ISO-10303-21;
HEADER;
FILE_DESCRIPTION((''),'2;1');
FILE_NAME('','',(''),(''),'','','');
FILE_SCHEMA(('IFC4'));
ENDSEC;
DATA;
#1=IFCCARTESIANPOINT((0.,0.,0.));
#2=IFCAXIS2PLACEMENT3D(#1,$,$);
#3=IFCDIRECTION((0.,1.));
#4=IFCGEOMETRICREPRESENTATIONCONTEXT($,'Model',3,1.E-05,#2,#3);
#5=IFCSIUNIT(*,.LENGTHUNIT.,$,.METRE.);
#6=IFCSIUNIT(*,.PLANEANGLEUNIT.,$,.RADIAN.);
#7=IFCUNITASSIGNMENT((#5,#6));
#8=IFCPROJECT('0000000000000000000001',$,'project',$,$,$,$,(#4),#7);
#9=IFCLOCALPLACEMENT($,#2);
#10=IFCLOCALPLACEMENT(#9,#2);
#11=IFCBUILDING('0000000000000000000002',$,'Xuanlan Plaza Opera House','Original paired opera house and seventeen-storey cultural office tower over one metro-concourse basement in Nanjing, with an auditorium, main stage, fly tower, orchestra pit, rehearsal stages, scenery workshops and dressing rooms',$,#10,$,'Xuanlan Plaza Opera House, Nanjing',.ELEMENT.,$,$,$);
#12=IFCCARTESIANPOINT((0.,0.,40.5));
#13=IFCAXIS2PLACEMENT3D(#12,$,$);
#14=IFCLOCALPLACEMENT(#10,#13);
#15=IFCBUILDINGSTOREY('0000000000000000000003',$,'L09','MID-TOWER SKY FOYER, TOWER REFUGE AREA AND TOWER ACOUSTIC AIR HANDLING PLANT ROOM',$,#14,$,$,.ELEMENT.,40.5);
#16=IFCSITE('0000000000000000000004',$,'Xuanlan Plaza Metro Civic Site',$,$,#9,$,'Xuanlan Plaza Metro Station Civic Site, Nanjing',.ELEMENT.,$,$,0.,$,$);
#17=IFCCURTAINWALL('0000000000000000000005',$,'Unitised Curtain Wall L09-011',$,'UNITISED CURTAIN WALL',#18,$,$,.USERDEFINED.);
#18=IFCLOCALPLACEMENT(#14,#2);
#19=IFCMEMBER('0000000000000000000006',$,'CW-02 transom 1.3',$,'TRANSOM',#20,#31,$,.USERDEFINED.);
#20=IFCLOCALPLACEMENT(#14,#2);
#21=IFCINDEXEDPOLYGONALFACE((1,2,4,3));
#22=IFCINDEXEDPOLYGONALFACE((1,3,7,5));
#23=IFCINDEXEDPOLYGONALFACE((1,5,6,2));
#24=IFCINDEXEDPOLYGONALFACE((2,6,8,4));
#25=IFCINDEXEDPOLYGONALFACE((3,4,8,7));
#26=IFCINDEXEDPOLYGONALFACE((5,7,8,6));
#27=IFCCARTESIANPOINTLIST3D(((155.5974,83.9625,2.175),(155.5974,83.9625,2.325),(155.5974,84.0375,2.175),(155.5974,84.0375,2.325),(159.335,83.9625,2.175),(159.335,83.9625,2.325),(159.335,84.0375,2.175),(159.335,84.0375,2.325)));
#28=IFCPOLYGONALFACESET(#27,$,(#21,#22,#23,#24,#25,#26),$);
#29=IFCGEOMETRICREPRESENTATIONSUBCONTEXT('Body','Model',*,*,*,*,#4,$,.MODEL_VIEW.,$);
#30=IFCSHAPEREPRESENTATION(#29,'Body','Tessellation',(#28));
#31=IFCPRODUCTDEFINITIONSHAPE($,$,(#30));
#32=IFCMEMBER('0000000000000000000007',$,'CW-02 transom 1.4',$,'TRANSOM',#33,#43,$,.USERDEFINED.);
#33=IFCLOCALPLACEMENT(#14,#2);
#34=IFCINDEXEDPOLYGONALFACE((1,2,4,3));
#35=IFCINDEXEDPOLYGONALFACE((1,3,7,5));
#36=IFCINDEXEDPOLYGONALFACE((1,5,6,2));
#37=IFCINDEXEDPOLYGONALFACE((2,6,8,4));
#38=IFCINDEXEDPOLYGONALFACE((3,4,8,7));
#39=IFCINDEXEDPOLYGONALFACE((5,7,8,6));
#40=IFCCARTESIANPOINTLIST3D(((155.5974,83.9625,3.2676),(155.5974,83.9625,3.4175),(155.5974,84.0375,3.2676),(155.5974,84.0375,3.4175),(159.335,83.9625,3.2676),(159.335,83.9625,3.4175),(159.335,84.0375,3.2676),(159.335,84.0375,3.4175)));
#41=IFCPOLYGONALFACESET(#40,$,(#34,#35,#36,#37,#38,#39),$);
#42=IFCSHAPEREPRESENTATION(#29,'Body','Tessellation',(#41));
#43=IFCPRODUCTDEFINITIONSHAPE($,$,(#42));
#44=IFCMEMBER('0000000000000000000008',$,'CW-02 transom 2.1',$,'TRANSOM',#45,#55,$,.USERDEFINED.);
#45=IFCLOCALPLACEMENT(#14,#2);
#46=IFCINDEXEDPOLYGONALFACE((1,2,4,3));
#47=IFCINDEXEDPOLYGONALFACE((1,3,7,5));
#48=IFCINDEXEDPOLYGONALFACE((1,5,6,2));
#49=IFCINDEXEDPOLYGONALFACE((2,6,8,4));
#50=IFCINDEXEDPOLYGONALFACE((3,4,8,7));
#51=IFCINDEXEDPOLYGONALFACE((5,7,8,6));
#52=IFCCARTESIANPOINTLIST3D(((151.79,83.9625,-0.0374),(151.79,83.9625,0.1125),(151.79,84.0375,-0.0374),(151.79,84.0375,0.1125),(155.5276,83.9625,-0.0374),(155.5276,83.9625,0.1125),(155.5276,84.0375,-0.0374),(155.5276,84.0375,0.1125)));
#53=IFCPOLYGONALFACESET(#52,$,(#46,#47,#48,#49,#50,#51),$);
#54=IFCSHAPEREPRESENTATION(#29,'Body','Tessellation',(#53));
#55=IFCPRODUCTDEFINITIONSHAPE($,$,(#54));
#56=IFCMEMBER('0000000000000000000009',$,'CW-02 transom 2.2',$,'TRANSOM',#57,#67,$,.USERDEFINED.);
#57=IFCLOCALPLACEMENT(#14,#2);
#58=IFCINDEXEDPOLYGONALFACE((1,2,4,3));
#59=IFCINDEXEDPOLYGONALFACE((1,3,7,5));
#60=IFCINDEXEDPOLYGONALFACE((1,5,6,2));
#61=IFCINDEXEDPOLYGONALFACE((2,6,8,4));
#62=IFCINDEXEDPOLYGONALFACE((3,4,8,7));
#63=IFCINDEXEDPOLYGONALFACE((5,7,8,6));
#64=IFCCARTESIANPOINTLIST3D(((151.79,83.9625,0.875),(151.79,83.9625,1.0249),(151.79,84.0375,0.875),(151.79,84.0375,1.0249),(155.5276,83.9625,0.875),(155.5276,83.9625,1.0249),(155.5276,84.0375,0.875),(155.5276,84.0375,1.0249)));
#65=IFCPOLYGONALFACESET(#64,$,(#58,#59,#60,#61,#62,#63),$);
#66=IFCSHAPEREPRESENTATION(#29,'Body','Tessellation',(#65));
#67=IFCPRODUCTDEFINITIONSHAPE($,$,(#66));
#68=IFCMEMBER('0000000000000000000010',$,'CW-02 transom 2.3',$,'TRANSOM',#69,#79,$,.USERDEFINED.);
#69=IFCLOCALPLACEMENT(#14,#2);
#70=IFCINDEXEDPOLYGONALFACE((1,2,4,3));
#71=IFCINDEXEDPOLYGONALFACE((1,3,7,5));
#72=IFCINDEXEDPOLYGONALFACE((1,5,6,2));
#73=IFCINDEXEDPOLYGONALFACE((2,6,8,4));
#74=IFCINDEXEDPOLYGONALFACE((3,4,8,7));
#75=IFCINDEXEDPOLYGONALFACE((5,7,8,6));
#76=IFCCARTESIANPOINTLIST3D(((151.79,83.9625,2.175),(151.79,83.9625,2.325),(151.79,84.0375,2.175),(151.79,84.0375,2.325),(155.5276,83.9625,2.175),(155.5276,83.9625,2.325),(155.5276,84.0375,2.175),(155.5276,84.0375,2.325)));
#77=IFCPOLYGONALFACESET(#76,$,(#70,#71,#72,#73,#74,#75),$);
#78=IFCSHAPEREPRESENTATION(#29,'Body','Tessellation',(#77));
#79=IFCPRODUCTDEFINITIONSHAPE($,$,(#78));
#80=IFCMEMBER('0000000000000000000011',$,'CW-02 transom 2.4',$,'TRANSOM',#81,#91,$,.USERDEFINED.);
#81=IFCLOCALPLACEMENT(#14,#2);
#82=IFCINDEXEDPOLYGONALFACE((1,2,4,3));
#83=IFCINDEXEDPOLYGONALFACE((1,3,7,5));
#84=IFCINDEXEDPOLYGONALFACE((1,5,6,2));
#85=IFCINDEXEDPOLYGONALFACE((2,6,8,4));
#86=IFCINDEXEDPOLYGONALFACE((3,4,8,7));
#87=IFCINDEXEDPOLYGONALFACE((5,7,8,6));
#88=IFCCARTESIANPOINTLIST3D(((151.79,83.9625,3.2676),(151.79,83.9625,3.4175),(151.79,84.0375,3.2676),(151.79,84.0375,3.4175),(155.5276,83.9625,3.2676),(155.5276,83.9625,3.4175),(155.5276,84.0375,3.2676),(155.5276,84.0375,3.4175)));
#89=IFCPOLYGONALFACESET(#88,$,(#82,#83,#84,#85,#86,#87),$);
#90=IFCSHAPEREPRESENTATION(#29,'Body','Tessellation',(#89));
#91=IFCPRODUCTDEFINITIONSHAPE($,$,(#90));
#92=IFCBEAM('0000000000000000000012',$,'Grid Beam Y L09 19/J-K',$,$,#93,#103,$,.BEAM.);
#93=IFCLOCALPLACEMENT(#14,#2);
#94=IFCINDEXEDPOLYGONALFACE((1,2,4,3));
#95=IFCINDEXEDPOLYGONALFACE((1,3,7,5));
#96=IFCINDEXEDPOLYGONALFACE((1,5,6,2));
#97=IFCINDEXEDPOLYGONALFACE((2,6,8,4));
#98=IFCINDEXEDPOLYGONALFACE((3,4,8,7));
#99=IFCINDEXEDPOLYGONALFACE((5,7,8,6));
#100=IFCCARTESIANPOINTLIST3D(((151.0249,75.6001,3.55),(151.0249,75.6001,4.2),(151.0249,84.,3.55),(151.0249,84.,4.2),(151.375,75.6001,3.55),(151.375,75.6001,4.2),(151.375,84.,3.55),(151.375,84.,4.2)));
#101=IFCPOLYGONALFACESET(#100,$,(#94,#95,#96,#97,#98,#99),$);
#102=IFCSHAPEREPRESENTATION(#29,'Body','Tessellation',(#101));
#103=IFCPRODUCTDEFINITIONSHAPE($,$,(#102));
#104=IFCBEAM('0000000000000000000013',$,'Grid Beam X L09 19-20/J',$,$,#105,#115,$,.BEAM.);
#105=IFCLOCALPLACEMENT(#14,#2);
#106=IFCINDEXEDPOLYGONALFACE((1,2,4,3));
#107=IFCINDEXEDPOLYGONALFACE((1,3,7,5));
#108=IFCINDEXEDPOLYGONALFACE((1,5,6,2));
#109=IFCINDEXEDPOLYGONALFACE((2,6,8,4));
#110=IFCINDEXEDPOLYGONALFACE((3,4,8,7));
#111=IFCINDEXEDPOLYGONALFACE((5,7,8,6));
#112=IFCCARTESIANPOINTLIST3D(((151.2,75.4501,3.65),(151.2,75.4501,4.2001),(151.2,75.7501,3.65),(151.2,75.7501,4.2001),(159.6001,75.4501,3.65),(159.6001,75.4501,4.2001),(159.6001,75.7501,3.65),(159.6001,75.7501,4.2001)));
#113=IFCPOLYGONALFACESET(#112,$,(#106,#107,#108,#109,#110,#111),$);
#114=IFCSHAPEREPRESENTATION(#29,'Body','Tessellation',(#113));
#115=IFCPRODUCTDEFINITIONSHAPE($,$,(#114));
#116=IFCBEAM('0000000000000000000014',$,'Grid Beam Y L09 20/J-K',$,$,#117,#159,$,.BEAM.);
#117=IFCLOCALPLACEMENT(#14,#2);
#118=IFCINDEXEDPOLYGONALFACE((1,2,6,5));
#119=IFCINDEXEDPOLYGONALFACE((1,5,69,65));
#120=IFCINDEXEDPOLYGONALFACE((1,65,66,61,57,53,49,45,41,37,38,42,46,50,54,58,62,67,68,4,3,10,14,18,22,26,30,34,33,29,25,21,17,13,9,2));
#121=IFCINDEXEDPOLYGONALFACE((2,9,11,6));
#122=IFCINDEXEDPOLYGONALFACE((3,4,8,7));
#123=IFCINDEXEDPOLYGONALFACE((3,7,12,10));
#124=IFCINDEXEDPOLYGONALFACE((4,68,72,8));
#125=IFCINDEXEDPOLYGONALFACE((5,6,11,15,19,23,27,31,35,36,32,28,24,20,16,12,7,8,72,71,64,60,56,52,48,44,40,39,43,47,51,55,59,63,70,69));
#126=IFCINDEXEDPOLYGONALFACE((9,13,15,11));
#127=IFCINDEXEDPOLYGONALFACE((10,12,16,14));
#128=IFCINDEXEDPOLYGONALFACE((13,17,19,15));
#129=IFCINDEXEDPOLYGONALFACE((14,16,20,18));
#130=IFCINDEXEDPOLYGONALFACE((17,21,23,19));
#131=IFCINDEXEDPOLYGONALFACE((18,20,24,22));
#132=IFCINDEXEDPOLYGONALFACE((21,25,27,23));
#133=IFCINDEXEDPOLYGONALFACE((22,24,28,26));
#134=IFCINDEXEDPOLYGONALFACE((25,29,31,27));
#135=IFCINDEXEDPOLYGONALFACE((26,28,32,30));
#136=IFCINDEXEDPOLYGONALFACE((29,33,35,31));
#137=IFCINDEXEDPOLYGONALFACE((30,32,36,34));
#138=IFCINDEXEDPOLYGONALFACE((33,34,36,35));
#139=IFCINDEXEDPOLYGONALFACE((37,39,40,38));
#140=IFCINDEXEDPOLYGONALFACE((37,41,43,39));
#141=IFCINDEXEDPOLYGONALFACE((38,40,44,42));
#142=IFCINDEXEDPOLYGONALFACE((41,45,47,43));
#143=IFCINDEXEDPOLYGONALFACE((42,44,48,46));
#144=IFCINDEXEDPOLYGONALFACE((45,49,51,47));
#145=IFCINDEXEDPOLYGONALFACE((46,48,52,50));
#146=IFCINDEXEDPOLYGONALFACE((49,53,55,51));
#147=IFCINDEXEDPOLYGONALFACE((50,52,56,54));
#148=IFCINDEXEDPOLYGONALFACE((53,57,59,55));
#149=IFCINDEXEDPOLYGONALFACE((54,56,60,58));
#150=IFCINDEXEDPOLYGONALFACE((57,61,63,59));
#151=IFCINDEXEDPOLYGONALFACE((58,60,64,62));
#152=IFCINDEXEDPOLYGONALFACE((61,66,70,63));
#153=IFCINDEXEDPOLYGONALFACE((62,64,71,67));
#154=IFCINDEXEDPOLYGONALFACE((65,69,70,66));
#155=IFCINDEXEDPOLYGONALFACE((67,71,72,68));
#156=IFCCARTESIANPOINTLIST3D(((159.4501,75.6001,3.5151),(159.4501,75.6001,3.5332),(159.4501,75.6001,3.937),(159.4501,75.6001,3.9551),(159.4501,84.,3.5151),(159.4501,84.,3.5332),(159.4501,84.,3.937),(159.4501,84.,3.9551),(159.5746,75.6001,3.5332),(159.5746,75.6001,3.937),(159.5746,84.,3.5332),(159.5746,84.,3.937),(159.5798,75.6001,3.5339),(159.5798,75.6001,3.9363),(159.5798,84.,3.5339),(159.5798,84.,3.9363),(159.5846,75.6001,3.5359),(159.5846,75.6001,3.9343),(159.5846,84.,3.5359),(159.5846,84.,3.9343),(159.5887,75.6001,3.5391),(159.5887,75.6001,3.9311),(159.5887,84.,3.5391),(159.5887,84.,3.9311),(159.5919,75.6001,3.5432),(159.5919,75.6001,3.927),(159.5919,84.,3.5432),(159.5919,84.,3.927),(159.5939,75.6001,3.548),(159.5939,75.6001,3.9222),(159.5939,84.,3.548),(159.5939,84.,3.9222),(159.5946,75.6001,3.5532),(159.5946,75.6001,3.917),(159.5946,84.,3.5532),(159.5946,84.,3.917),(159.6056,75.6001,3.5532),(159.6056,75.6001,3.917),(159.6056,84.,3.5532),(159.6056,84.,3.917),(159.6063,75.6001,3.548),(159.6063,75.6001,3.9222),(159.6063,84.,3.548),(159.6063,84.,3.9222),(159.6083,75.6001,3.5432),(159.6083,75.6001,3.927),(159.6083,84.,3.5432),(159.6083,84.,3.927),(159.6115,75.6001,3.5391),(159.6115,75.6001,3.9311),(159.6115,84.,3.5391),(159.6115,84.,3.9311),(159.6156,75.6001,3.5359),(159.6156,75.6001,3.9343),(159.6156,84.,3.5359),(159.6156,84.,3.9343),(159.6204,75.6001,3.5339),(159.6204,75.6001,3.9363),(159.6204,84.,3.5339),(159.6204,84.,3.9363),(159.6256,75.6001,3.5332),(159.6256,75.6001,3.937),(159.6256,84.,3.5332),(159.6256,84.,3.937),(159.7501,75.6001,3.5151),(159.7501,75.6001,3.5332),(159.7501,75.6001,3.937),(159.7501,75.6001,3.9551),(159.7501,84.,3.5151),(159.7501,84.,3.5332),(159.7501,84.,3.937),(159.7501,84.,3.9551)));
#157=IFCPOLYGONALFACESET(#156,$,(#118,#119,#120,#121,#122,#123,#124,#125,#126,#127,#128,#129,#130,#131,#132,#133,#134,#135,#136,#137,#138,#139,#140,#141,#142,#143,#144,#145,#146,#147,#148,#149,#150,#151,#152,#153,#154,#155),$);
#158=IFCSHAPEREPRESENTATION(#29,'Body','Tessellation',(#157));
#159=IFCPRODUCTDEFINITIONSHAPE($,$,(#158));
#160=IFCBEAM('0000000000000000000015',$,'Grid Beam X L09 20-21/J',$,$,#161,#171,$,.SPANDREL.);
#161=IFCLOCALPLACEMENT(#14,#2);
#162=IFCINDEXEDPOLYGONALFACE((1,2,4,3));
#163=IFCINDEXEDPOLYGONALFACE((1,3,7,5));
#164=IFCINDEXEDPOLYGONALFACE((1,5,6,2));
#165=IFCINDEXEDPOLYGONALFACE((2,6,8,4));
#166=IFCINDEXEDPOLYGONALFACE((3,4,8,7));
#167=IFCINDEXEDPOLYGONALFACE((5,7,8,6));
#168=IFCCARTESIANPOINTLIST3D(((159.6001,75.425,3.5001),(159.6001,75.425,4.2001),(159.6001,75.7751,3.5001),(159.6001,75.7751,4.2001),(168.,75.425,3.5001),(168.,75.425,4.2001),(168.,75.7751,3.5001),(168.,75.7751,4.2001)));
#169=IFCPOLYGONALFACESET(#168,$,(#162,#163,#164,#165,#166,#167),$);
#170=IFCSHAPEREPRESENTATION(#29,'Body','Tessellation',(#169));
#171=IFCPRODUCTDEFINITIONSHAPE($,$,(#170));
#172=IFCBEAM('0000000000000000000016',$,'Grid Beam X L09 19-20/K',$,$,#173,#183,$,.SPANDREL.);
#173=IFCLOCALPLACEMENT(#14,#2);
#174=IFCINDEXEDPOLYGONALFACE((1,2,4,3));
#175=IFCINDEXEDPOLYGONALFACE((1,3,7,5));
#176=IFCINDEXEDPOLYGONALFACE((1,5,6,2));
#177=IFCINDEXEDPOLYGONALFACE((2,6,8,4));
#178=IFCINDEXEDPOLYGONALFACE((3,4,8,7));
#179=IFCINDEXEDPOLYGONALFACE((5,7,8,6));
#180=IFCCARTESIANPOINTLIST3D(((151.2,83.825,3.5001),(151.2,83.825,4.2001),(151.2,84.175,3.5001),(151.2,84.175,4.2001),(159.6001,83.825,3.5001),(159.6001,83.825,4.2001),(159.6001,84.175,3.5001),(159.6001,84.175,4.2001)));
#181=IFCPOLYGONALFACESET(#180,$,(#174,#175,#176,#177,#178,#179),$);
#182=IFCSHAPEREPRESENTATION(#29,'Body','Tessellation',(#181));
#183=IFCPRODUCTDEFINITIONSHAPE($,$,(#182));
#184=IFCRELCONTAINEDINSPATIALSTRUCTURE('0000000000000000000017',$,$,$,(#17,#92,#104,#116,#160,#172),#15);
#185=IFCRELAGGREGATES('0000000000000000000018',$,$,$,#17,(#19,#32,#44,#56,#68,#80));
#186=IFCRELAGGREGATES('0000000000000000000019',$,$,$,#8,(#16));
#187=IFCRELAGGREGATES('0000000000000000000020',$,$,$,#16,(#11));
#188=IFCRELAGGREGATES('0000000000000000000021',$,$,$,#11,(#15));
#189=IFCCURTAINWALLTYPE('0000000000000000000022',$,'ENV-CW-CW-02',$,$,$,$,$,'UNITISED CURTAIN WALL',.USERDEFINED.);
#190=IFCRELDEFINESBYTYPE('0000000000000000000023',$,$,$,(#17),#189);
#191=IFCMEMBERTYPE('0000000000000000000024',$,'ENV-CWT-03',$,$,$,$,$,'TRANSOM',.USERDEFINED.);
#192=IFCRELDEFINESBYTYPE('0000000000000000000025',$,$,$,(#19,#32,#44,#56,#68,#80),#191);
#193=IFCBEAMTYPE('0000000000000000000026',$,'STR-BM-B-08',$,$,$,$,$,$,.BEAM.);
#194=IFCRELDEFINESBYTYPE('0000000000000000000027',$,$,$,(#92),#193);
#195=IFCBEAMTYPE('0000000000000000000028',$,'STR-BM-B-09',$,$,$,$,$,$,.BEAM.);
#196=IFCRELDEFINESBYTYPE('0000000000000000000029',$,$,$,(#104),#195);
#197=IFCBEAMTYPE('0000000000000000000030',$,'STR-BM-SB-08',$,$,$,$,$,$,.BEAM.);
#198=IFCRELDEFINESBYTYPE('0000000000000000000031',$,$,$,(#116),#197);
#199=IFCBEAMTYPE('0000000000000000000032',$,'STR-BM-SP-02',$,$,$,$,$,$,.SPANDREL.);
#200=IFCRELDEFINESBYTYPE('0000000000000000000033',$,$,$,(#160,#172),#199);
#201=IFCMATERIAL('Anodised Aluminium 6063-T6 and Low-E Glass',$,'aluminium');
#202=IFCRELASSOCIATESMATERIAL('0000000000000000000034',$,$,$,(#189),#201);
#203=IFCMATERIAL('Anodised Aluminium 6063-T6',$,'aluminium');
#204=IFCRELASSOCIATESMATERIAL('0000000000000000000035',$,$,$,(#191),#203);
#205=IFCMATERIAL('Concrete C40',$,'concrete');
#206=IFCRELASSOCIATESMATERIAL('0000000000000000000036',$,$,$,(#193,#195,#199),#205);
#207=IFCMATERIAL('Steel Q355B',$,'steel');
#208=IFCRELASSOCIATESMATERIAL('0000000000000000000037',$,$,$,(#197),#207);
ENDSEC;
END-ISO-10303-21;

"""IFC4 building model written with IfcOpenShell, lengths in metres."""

from ifc_helpers import new_model, si_unit, direction, frame, origin, origin_2d, place, context, subcontext, project, spatial, rectangle, i_section, extrude, material, material_profile, profile_set, type_object, element, aggregate, save


model = new_model("IFC4")

# Units and contexts
model_context = context("Model", 3, precision=1e-05, world=origin(), true_north=direction((0.0, 1.0)))
body_context = subcontext(model_context, "Body", "Model", "MODEL_VIEW")
ifc_project = project(units=[si_unit("LENGTHUNIT", "METRE"), si_unit("PLANEANGLEUNIT", "RADIAN")], contexts=[model_context])

# Site, building, storey
site_placement = place(None, origin())
site = spatial("IfcSite", under=ifc_project, at=site_placement, Name="Xuanlan Plaza Metro Civic Site", LongName="Xuanlan Plaza Metro Station Civic Site, Nanjing", CompositionType="ELEMENT", RefElevation=0.0)
building_placement = place(site_placement, origin())
building = spatial("IfcBuilding", under=site, at=building_placement, Name="Xuanlan Plaza Opera House", Description="Original paired opera house and seventeen-storey cultural office tower over one metro-concourse basement in Nanjing, with an auditorium, main stage, fly tower, orchestra pit, rehearsal stages, scenery workshops and dressing rooms", LongName="Xuanlan Plaza Opera House, Nanjing", CompositionType="ELEMENT")
storey_placement = place(building_placement, frame((0.0, 0.0, 40.5)))
storey = spatial("IfcBuildingStorey", under=building, at=storey_placement, Name="L09", Description="MID-TOWER SKY FOYER, TOWER REFUGE AREA AND TOWER ACOUSTIC AIR HANDLING PLANT ROOM", CompositionType="ELEMENT", Elevation=40.5)

# Shared definitions
ifc_material_1 = material(Name="Steel Q355B", Category="steel")

# Curtain wall, members
ifc_material_2 = material(Name="Anodised Aluminium 6063-T6 and Low-E Glass", Category="aluminium")
curtain_wall_type = type_object("IfcCurtainWallType", Name="ENV-CW-CW-02", ElementType="UNITISED CURTAIN WALL", PredefinedType="USERDEFINED", material=ifc_material_2)
curtain_wall_placement = place(storey_placement, origin())
curtain_wall = element("IfcCurtainWall", 1, at=curtain_wall_placement, inside=storey, type_object=curtain_wall_type, Name="Unitised Curtain Wall L09-011", ObjectType="UNITISED CURTAIN WALL", PredefinedType="USERDEFINED")
ifc_material_3 = material(Name="Anodised Aluminium 6063-T6", Category="aluminium")
ifc_material_profile_1 = material_profile(ifc_material_3, rectangle(XDim=0.075, YDim=0.1499, at=origin_2d()), Name="ALU-T 75x150")
ifc_profile_set_1 = profile_set([ifc_material_profile_1], Name="Anodised Aluminium 6063-T6")
member_type_1 = type_object("IfcMemberType", Name="ENV-CWT-03", ElementType="TRANSOM", PredefinedType="USERDEFINED", material=ifc_profile_set_1)
member_1_placement = place(storey_placement, frame((159.335, 84.0, 2.25), z_axis=(-1.0, 0.0, 0.0), x_axis=(0.0, -1.0, 0.0)))
member_1 = element("IfcMember", 2, at=member_1_placement, type_object=member_type_1, Name="CW-02 transom 1.3", ObjectType="TRANSOM", PredefinedType="USERDEFINED", context=body_context, shape_type="SweptSolid", body=[
    extrude(rectangle(XDim=0.075, YDim=0.1499, at=origin_2d()), origin(), (0.0, 0.0, 1.0), 3.7375),
])
member_2_placement = place(storey_placement, frame((159.335, 84.0, 3.3425), z_axis=(-1.0, 0.0, 0.0), x_axis=(0.0, -1.0, 0.0)))
member_2 = element("IfcMember", 3, at=member_2_placement, type_object=member_type_1, Name="CW-02 transom 1.4", ObjectType="TRANSOM", PredefinedType="USERDEFINED", context=body_context, shape_type="SweptSolid", body=[
    extrude(rectangle(XDim=0.075, YDim=0.1499, at=origin_2d()), origin(), (0.0, 0.0, 1.0), 3.7375),
])
member_3_placement = place(storey_placement, frame((155.5276, 84.0, 0.0376), z_axis=(-1.0, 0.0, 0.0), x_axis=(0.0, -1.0, 0.0)))
member_3 = element("IfcMember", 4, at=member_3_placement, type_object=member_type_1, Name="CW-02 transom 2.1", ObjectType="TRANSOM", PredefinedType="USERDEFINED", context=body_context, shape_type="SweptSolid", body=[
    extrude(rectangle(XDim=0.075, YDim=0.1499, at=origin_2d()), origin(), (0.0, 0.0, 1.0), 3.7375),
])
member_4_placement = place(storey_placement, frame((155.5276, 84.0, 0.95), z_axis=(-1.0, 0.0, 0.0), x_axis=(0.0, -1.0, 0.0)))
member_4 = element("IfcMember", 5, at=member_4_placement, type_object=member_type_1, Name="CW-02 transom 2.2", ObjectType="TRANSOM", PredefinedType="USERDEFINED", context=body_context, shape_type="SweptSolid", body=[
    extrude(rectangle(XDim=0.075, YDim=0.1499, at=origin_2d()), origin(), (0.0, 0.0, 1.0), 3.7375),
])
member_5_placement = place(storey_placement, frame((155.5276, 84.0, 2.25), z_axis=(-1.0, 0.0, 0.0), x_axis=(0.0, -1.0, 0.0)))
member_5 = element("IfcMember", 6, at=member_5_placement, type_object=member_type_1, Name="CW-02 transom 2.3", ObjectType="TRANSOM", PredefinedType="USERDEFINED", context=body_context, shape_type="SweptSolid", body=[
    extrude(rectangle(XDim=0.075, YDim=0.1499, at=origin_2d()), origin(), (0.0, 0.0, 1.0), 3.7375),
])
member_6_placement = place(storey_placement, frame((155.5276, 84.0, 3.3425), z_axis=(-1.0, 0.0, 0.0), x_axis=(0.0, -1.0, 0.0)))
member_6 = element("IfcMember", 7, at=member_6_placement, type_object=member_type_1, Name="CW-02 transom 2.4", ObjectType="TRANSOM", PredefinedType="USERDEFINED", context=body_context, shape_type="SweptSolid", body=[
    extrude(rectangle(XDim=0.075, YDim=0.1499, at=origin_2d()), origin(), (0.0, 0.0, 1.0), 3.7375),
])

# Beams
ifc_material_4 = material(Name="Concrete C40", Category="concrete")
ifc_material_profile_2 = material_profile(ifc_material_4, rectangle(XDim=0.3501, YDim=0.6499, at=origin_2d()), Name="RC-BM 350x650")
ifc_profile_set_2 = profile_set([ifc_material_profile_2], Name="Concrete C40")
beam_type_1 = type_object("IfcBeamType", Name="STR-BM-B-08", PredefinedType="BEAM", material=ifc_profile_set_2)
beam_1_placement = place(storey_placement, frame((151.2, 75.6001, 3.875), z_axis=(0.0, 1.0, 0.0), x_axis=(-1.0, 0.0, 0.0)))
element("IfcBeam", 8, at=beam_1_placement, inside=storey, type_object=beam_type_1, Name="Grid Beam Y L09 19/J-K", PredefinedType="BEAM", context=body_context, shape_type="SweptSolid", body=[
    extrude(rectangle(XDim=0.3501, YDim=0.6499, at=origin_2d()), origin(), (0.0, 0.0, 1.0), 8.3999),
])
ifc_material_profile_3 = material_profile(ifc_material_4, rectangle(XDim=0.3, YDim=0.55, at=origin_2d()), Name="RC-BM 300x550")
ifc_profile_set_3 = profile_set([ifc_material_profile_3], Name="Concrete C40")
beam_type_2 = type_object("IfcBeamType", Name="STR-BM-B-09", PredefinedType="BEAM", material=ifc_profile_set_3)
beam_2_placement = place(storey_placement, frame((151.2, 75.6001, 3.925), z_axis=(1.0, 0.0, 0.0), x_axis=(0.0, 1.0, 0.0)))
element("IfcBeam", 9, at=beam_2_placement, inside=storey, type_object=beam_type_2, Name="Grid Beam X L09 19-20/J", PredefinedType="BEAM", context=body_context, shape_type="SweptSolid", body=[
    extrude(rectangle(XDim=0.3, YDim=0.55, at=origin_2d()), origin(), (0.0, 0.0, 1.0), 8.4001),
])
ifc_material_profile_4 = material_profile(ifc_material_1, i_section(OverallWidth=0.3, OverallDepth=0.4399, WebThickness=0.011, FlangeThickness=0.0181, FilletRadius=0.02, at=origin_2d()), Name="HM 440x300x11x18")
ifc_profile_set_4 = profile_set([ifc_material_profile_4], Name="Steel Q355B")
beam_type_3 = type_object("IfcBeamType", Name="STR-BM-SB-08", PredefinedType="BEAM", material=ifc_profile_set_4)
beam_3_placement = place(storey_placement, frame((159.6001, 75.6001, 3.7351), z_axis=(0.0, 1.0, 0.0), x_axis=(-1.0, 0.0, 0.0)))
element("IfcBeam", 10, at=beam_3_placement, inside=storey, type_object=beam_type_3, Name="Grid Beam Y L09 20/J-K", PredefinedType="BEAM", context=body_context, shape_type="SweptSolid", body=[
    extrude(i_section(OverallWidth=0.3, OverallDepth=0.4399, WebThickness=0.011, FlangeThickness=0.0181, FilletRadius=0.02, at=origin_2d()), origin(), (0.0, 0.0, 1.0), 8.3999),
])
ifc_material_profile_5 = material_profile(ifc_material_4, rectangle(XDim=0.3501, YDim=0.7, at=origin_2d()), Name="RC-SPD 350x700")
ifc_profile_set_5 = profile_set([ifc_material_profile_5], Name="Concrete C40")
beam_type_4 = type_object("IfcBeamType", Name="STR-BM-SP-02", PredefinedType="SPANDREL", material=ifc_profile_set_5)
beam_4_placement = place(storey_placement, frame((159.6001, 75.6001, 3.8501), z_axis=(1.0, 0.0, 0.0), x_axis=(0.0, 1.0, 0.0)))
element("IfcBeam", 11, at=beam_4_placement, inside=storey, type_object=beam_type_4, Name="Grid Beam X L09 20-21/J", PredefinedType="SPANDREL", context=body_context, shape_type="SweptSolid", body=[
    extrude(rectangle(XDim=0.3501, YDim=0.7, at=origin_2d()), origin(), (0.0, 0.0, 1.0), 8.3999),
])
beam_5_placement = place(storey_placement, frame((151.2, 84.0, 3.8501), z_axis=(1.0, 0.0, 0.0), x_axis=(0.0, 1.0, 0.0)))
element("IfcBeam", 12, at=beam_5_placement, inside=storey, type_object=beam_type_4, Name="Grid Beam X L09 19-20/K", PredefinedType="SPANDREL", context=body_context, shape_type="SweptSolid", body=[
    extrude(rectangle(XDim=0.3501, YDim=0.7, at=origin_2d()), origin(), (0.0, 0.0, 1.0), 8.4001),
])

aggregate(curtain_wall, [member_1, member_2, member_3, member_4, member_5, member_6])

save(model, "model.ifc")
